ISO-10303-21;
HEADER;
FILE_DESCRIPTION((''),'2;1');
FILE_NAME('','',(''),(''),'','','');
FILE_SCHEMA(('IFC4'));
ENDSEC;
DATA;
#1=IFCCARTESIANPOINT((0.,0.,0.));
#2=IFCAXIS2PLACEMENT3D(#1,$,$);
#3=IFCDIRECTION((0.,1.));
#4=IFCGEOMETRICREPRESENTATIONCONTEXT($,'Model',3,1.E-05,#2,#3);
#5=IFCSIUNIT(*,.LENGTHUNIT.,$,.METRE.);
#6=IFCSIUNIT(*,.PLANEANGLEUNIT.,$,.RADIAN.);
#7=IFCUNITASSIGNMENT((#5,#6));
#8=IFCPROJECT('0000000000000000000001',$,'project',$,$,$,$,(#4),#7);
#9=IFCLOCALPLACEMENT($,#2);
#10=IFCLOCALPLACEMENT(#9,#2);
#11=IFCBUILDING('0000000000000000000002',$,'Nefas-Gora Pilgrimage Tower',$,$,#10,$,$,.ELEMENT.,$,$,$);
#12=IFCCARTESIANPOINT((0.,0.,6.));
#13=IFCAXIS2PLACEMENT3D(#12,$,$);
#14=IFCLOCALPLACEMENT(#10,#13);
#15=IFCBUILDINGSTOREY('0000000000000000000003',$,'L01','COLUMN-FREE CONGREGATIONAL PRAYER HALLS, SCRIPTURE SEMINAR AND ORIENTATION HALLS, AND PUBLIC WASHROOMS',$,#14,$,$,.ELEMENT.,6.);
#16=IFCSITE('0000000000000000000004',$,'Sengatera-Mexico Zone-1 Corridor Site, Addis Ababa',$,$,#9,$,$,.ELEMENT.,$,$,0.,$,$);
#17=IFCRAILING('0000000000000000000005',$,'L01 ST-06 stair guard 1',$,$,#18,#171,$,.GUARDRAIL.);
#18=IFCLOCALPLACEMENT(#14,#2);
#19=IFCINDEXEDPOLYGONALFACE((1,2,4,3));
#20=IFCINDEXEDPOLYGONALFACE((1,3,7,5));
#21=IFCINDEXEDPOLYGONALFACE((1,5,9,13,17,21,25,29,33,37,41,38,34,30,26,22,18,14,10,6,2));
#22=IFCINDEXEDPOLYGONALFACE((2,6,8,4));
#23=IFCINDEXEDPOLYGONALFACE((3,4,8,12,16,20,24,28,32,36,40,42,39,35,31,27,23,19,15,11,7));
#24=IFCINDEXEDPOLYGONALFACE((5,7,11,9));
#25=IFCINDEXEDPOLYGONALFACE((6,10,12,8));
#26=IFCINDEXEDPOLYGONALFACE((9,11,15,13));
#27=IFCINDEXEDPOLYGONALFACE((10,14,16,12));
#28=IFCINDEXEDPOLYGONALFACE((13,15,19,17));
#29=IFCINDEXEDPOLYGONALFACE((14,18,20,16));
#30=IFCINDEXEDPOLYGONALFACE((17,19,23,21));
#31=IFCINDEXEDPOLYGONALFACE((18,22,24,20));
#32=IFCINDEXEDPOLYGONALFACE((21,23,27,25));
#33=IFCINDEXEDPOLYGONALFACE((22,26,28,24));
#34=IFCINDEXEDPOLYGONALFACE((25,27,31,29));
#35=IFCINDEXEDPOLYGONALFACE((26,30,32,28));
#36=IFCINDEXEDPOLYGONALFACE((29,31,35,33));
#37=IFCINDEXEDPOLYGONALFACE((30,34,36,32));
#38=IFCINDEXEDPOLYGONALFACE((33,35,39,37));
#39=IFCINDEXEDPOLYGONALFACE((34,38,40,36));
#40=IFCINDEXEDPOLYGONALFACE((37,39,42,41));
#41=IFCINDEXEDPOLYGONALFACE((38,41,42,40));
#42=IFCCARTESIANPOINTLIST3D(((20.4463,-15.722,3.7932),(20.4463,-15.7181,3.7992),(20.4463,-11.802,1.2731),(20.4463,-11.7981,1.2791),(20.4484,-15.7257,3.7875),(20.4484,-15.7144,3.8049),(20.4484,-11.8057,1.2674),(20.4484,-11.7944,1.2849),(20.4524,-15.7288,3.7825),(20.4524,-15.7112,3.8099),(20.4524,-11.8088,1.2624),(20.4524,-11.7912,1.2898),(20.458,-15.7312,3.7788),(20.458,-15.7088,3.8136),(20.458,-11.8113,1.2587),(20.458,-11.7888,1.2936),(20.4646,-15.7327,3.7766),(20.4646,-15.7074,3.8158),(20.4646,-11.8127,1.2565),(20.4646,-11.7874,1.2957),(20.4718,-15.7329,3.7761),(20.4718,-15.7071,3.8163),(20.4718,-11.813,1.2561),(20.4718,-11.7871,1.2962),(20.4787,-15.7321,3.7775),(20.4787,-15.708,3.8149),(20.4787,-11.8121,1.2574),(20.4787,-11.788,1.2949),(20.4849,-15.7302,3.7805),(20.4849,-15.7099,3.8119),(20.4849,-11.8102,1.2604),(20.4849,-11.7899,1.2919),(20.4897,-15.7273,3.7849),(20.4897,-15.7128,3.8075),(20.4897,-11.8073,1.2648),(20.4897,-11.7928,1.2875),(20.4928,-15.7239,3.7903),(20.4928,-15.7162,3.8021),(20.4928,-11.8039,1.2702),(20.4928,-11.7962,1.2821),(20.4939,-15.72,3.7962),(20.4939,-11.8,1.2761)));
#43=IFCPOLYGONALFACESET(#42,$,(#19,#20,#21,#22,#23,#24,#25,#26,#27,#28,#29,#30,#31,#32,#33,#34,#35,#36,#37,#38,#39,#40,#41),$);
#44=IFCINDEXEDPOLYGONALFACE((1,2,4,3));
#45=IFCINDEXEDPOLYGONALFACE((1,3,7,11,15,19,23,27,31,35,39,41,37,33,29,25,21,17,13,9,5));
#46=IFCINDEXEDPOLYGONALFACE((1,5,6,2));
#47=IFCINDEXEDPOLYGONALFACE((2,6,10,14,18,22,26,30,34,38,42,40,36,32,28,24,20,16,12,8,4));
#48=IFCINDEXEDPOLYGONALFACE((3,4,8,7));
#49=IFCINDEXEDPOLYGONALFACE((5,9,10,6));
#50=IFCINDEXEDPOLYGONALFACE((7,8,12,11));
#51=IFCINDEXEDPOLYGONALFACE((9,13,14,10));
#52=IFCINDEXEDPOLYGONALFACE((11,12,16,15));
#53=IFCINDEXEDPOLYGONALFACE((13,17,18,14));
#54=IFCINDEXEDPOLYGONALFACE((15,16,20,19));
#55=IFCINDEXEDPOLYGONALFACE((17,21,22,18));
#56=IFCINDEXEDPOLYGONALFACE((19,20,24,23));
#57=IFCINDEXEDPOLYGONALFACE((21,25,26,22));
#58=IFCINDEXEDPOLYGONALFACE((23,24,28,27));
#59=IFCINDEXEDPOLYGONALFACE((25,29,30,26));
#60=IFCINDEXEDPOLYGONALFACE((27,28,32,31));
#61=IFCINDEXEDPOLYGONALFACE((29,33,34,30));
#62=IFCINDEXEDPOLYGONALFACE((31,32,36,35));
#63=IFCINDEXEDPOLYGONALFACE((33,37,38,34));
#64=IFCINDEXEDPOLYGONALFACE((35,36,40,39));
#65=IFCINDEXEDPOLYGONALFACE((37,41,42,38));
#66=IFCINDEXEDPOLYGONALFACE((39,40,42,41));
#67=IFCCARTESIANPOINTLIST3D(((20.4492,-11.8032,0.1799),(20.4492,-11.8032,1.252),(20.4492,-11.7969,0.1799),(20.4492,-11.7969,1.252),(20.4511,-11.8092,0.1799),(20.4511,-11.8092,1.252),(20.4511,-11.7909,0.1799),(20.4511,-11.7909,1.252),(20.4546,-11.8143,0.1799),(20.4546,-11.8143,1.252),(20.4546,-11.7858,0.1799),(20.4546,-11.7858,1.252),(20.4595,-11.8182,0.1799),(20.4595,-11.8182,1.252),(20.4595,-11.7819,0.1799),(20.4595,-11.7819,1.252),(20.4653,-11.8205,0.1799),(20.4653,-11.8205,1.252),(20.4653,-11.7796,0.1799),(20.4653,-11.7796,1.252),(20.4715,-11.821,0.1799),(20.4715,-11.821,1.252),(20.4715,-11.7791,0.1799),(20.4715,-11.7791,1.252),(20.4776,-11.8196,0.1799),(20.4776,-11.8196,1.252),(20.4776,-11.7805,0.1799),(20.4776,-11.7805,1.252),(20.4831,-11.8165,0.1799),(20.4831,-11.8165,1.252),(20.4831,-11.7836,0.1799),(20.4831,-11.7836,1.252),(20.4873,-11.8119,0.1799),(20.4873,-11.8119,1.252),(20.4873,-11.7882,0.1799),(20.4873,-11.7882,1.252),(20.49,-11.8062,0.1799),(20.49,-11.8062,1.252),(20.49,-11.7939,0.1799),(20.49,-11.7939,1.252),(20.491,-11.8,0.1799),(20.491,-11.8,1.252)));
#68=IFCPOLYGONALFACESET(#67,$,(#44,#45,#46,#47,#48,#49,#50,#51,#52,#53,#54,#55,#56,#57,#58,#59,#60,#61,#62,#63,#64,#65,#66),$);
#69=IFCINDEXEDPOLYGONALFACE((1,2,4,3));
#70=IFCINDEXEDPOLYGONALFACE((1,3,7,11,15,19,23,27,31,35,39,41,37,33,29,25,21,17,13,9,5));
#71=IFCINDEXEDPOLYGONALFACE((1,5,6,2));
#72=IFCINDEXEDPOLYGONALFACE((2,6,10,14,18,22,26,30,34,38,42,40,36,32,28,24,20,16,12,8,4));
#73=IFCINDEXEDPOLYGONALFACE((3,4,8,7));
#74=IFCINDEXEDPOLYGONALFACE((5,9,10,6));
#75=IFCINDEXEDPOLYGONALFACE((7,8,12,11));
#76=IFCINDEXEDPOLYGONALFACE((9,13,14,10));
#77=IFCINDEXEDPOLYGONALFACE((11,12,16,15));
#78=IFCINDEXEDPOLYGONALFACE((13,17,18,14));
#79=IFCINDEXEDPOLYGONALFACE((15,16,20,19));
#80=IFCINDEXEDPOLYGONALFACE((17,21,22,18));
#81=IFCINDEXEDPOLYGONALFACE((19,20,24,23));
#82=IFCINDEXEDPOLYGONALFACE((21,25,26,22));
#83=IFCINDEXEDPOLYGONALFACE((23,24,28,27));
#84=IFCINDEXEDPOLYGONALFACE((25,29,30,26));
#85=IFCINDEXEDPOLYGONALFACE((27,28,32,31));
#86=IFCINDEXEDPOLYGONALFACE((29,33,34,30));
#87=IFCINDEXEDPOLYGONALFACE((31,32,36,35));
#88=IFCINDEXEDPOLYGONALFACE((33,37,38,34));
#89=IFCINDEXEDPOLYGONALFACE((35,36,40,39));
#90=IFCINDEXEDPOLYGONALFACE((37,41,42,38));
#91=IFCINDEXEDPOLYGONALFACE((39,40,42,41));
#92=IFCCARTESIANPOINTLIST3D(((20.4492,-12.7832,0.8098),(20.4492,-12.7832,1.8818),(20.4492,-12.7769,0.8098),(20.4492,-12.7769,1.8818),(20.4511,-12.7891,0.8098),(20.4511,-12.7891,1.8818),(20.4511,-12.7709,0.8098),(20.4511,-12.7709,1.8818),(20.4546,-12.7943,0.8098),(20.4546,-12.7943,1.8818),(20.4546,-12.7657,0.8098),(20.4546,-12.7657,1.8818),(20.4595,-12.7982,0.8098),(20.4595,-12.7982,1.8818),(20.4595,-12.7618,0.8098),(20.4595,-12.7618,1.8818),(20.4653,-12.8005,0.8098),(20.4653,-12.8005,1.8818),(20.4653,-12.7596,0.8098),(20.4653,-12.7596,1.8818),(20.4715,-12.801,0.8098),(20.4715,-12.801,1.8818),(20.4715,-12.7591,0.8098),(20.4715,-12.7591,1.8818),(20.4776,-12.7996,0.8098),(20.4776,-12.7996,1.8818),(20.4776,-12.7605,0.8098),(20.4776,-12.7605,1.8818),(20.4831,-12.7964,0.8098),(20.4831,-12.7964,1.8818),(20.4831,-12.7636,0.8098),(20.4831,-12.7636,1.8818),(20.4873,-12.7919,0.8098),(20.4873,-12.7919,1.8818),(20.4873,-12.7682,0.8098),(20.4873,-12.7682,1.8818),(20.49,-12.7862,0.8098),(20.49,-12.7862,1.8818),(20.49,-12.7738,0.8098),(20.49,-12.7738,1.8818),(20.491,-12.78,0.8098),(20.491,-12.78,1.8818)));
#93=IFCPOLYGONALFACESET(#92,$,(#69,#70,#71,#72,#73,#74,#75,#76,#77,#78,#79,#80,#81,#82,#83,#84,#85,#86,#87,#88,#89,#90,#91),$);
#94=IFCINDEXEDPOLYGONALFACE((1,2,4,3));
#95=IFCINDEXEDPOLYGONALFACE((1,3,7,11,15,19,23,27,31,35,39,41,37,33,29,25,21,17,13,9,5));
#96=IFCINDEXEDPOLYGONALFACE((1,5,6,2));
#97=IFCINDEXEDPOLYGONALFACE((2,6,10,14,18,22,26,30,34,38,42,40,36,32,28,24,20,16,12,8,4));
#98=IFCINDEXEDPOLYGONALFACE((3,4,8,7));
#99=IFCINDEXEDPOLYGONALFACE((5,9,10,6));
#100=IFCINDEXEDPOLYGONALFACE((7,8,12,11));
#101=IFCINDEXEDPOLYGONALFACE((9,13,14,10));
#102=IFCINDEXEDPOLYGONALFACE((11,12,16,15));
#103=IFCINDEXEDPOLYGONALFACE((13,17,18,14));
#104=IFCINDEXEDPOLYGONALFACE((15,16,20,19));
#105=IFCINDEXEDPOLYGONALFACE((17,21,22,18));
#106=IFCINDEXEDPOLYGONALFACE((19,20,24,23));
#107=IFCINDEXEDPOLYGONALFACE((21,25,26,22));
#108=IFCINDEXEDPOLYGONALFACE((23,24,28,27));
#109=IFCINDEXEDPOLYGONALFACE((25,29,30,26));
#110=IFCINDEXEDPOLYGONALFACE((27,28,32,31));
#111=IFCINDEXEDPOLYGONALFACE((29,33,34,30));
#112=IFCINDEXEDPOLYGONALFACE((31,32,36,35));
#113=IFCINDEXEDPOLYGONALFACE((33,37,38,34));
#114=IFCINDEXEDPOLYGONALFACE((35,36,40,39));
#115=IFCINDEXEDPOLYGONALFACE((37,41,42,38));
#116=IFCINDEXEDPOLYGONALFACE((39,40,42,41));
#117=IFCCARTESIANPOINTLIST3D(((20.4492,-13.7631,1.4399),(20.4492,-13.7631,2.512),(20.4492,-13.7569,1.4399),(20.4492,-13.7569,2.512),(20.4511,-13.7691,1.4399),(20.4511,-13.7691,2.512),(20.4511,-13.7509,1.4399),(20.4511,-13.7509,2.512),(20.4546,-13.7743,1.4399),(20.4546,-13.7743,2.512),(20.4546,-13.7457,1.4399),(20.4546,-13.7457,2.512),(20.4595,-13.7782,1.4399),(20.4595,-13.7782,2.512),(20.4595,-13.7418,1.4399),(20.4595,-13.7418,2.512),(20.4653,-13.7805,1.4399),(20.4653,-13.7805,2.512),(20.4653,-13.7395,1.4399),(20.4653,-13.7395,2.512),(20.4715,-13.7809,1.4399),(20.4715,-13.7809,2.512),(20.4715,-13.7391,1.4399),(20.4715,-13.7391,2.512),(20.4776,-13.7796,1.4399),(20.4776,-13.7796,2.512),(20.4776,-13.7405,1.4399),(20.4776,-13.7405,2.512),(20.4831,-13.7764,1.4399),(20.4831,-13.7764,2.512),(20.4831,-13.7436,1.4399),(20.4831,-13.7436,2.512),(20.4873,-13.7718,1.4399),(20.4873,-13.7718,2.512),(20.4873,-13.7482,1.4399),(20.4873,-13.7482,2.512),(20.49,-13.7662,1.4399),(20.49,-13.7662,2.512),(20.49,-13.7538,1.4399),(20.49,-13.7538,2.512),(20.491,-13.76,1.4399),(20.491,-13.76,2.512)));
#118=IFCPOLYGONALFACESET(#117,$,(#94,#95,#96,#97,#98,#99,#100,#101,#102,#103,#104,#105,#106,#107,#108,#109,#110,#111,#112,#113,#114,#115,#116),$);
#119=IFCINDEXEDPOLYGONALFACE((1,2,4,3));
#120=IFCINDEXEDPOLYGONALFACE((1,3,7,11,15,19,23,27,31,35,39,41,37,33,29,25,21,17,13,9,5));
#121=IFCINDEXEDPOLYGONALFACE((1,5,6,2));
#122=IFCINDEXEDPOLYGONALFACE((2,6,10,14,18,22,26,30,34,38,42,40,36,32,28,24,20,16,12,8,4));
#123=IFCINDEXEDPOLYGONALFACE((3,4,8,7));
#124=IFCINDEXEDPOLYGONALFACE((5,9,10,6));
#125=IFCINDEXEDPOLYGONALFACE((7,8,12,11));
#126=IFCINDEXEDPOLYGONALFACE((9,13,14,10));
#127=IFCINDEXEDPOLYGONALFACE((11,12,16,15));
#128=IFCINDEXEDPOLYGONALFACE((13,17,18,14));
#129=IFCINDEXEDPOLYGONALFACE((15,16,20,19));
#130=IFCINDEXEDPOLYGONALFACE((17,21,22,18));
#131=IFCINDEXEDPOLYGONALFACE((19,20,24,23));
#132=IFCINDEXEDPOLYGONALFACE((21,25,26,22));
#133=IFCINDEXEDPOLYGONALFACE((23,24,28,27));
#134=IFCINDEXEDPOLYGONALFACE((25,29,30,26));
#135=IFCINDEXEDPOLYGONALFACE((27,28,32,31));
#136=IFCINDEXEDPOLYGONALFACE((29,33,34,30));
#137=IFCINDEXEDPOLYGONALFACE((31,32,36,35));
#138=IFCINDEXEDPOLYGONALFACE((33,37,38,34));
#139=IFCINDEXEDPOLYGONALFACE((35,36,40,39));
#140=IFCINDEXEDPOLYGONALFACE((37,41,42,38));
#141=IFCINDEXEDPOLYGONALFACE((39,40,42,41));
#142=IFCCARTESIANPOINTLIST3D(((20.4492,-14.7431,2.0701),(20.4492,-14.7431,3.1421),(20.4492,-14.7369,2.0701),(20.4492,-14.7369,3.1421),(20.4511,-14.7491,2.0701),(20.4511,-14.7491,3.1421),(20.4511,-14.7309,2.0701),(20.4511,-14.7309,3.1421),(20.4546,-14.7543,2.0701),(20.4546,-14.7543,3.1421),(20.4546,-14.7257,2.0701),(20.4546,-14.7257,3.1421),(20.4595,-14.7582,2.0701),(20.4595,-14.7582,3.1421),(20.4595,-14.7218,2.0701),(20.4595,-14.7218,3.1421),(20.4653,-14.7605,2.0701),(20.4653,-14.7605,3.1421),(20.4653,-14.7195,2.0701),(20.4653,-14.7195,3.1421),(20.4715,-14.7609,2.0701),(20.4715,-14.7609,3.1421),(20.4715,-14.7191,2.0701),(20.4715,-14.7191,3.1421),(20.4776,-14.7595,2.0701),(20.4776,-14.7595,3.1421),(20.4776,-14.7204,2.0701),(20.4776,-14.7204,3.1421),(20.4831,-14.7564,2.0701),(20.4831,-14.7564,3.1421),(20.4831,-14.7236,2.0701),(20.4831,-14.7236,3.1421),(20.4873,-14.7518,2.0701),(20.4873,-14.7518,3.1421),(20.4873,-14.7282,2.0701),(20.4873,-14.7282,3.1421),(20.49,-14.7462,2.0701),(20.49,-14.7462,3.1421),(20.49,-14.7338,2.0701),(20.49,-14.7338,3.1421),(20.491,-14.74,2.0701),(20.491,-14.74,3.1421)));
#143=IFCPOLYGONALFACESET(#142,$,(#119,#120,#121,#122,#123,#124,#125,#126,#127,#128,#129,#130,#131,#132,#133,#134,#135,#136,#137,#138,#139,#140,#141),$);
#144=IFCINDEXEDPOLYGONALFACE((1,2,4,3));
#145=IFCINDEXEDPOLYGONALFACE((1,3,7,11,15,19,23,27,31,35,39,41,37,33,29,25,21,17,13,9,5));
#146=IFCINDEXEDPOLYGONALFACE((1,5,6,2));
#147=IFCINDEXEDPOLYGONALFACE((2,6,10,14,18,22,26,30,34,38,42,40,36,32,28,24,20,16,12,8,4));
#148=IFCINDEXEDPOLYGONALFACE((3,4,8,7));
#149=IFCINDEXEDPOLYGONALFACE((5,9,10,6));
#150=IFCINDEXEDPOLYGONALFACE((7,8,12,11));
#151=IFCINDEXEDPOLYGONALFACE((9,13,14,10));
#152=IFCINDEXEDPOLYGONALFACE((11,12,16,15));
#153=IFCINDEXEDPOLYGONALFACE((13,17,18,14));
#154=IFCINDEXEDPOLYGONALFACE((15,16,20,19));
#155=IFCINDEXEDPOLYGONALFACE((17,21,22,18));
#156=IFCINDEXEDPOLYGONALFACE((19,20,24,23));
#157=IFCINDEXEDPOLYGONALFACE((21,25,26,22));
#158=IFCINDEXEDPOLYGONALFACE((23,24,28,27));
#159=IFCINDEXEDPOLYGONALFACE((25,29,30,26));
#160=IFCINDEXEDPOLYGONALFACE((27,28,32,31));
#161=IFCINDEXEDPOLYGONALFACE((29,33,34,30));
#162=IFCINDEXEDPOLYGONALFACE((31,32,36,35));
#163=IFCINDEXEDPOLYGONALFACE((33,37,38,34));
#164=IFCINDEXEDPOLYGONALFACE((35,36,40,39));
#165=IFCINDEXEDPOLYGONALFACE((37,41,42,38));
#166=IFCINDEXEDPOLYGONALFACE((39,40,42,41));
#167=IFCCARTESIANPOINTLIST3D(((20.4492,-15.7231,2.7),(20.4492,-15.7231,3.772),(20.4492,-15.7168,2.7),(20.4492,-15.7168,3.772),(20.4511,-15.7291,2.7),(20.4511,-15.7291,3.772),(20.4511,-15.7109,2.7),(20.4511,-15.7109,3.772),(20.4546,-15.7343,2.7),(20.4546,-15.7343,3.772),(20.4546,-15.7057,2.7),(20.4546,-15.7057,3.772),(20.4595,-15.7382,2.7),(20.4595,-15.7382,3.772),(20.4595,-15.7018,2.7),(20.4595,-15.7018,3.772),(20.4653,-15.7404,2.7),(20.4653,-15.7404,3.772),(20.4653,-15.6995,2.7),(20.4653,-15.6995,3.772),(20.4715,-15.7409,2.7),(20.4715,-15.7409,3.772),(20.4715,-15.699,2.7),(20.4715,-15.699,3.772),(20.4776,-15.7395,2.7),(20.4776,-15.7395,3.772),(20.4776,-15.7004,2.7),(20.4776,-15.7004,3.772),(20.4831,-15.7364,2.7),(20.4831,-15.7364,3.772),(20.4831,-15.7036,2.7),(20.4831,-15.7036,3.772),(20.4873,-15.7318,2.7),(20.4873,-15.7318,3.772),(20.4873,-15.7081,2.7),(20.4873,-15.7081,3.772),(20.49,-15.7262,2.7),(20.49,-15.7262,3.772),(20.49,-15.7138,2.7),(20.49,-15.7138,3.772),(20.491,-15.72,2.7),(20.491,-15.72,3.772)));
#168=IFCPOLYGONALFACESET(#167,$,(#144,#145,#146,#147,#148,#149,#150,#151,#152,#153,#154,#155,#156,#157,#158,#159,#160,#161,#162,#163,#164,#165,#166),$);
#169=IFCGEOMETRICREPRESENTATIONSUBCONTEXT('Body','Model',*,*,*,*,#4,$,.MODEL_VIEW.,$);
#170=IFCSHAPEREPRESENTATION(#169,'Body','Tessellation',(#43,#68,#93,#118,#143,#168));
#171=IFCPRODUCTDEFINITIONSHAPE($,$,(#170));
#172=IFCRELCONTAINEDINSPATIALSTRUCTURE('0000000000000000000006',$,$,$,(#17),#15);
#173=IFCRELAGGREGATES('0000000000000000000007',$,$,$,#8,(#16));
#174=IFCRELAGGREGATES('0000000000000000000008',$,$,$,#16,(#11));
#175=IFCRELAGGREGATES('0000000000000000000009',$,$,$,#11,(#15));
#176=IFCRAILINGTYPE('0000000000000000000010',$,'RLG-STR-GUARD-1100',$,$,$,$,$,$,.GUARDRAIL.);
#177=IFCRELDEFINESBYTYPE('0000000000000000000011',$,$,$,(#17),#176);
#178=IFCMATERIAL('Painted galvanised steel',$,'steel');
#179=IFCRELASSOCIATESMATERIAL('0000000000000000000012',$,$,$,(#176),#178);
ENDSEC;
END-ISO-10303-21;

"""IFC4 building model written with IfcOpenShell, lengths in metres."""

from ifc_helpers import new_model, si_unit, direction, frame, origin, origin_2d, place, context, subcontext, project, spatial, circle, extrude, material, type_object, element, save


model = new_model("IFC4")

# Units and contexts
model_context = context("Model", 3, precision=1e-05, world=origin(), true_north=direction((0.0, 1.0)))
body_context = subcontext(model_context, "Body", "Model", "MODEL_VIEW")
ifc_project = project(units=[si_unit("LENGTHUNIT", "METRE"), si_unit("PLANEANGLEUNIT", "RADIAN")], contexts=[model_context])

# Site, building, storey
site_placement = place(None, origin())
site = spatial("IfcSite", under=ifc_project, at=site_placement, Name="Sengatera-Mexico Zone-1 Corridor Site, Addis Ababa", CompositionType="ELEMENT", RefElevation=0.0)
building_placement = place(site_placement, origin())
building = spatial("IfcBuilding", under=site, at=building_placement, Name="Nefas-Gora Pilgrimage Tower", CompositionType="ELEMENT")
storey_placement = place(building_placement, frame((0.0, 0.0, 6.0)))
storey = spatial("IfcBuildingStorey", under=building, at=storey_placement, Name="L01", Description="COLUMN-FREE CONGREGATIONAL PRAYER HALLS, SCRIPTURE SEMINAR AND ORIENTATION HALLS, AND PUBLIC WASHROOMS", CompositionType="ELEMENT", Elevation=6.0)

# Railing
ifc_material_1 = material(Name="Painted galvanised steel", Category="steel")
railing_type_1 = type_object("IfcRailingType", Name="RLG-STR-GUARD-1100", PredefinedType="GUARDRAIL", material=ifc_material_1)
railing_1_placement = place(storey_placement, frame((20.47, -11.8, 0.1799)))
element("IfcRailing", 1, at=railing_1_placement, inside=storey, type_object=railing_type_1, Name="L01 ST-06 stair guard 1", PredefinedType="GUARDRAIL", context=body_context, shape_type="SweptSolid", body=[
    extrude(circle(Radius=0.0239, at=origin_2d()), frame((0.0, 0.0, 1.0962), z_axis=(0.0, -0.841172, 0.540768), x_axis=(1.0, 0.0, 0.0)), (0.0, 0.0, 1.0), 4.6602),
    extrude(circle(Radius=0.021, at=origin_2d()), origin(), (0.0, 0.0, 1.0), 1.072),
    extrude(circle(Radius=0.021, at=origin_2d()), frame((0.0, -0.98, 0.6299)), (0.0, 0.0, 1.0), 1.072),
    extrude(circle(Radius=0.021, at=origin_2d()), frame((0.0, -1.96, 1.26)), (0.0, 0.0, 1.0), 1.072),
    extrude(circle(Radius=0.021, at=origin_2d()), frame((0.0, -2.9399, 1.8901)), (0.0, 0.0, 1.0), 1.072),
    extrude(circle(Radius=0.021, at=origin_2d()), frame((0.0, -3.9199, 2.52)), (0.0, 0.0, 1.0), 1.072),
])

save(model, "model.ifc")
